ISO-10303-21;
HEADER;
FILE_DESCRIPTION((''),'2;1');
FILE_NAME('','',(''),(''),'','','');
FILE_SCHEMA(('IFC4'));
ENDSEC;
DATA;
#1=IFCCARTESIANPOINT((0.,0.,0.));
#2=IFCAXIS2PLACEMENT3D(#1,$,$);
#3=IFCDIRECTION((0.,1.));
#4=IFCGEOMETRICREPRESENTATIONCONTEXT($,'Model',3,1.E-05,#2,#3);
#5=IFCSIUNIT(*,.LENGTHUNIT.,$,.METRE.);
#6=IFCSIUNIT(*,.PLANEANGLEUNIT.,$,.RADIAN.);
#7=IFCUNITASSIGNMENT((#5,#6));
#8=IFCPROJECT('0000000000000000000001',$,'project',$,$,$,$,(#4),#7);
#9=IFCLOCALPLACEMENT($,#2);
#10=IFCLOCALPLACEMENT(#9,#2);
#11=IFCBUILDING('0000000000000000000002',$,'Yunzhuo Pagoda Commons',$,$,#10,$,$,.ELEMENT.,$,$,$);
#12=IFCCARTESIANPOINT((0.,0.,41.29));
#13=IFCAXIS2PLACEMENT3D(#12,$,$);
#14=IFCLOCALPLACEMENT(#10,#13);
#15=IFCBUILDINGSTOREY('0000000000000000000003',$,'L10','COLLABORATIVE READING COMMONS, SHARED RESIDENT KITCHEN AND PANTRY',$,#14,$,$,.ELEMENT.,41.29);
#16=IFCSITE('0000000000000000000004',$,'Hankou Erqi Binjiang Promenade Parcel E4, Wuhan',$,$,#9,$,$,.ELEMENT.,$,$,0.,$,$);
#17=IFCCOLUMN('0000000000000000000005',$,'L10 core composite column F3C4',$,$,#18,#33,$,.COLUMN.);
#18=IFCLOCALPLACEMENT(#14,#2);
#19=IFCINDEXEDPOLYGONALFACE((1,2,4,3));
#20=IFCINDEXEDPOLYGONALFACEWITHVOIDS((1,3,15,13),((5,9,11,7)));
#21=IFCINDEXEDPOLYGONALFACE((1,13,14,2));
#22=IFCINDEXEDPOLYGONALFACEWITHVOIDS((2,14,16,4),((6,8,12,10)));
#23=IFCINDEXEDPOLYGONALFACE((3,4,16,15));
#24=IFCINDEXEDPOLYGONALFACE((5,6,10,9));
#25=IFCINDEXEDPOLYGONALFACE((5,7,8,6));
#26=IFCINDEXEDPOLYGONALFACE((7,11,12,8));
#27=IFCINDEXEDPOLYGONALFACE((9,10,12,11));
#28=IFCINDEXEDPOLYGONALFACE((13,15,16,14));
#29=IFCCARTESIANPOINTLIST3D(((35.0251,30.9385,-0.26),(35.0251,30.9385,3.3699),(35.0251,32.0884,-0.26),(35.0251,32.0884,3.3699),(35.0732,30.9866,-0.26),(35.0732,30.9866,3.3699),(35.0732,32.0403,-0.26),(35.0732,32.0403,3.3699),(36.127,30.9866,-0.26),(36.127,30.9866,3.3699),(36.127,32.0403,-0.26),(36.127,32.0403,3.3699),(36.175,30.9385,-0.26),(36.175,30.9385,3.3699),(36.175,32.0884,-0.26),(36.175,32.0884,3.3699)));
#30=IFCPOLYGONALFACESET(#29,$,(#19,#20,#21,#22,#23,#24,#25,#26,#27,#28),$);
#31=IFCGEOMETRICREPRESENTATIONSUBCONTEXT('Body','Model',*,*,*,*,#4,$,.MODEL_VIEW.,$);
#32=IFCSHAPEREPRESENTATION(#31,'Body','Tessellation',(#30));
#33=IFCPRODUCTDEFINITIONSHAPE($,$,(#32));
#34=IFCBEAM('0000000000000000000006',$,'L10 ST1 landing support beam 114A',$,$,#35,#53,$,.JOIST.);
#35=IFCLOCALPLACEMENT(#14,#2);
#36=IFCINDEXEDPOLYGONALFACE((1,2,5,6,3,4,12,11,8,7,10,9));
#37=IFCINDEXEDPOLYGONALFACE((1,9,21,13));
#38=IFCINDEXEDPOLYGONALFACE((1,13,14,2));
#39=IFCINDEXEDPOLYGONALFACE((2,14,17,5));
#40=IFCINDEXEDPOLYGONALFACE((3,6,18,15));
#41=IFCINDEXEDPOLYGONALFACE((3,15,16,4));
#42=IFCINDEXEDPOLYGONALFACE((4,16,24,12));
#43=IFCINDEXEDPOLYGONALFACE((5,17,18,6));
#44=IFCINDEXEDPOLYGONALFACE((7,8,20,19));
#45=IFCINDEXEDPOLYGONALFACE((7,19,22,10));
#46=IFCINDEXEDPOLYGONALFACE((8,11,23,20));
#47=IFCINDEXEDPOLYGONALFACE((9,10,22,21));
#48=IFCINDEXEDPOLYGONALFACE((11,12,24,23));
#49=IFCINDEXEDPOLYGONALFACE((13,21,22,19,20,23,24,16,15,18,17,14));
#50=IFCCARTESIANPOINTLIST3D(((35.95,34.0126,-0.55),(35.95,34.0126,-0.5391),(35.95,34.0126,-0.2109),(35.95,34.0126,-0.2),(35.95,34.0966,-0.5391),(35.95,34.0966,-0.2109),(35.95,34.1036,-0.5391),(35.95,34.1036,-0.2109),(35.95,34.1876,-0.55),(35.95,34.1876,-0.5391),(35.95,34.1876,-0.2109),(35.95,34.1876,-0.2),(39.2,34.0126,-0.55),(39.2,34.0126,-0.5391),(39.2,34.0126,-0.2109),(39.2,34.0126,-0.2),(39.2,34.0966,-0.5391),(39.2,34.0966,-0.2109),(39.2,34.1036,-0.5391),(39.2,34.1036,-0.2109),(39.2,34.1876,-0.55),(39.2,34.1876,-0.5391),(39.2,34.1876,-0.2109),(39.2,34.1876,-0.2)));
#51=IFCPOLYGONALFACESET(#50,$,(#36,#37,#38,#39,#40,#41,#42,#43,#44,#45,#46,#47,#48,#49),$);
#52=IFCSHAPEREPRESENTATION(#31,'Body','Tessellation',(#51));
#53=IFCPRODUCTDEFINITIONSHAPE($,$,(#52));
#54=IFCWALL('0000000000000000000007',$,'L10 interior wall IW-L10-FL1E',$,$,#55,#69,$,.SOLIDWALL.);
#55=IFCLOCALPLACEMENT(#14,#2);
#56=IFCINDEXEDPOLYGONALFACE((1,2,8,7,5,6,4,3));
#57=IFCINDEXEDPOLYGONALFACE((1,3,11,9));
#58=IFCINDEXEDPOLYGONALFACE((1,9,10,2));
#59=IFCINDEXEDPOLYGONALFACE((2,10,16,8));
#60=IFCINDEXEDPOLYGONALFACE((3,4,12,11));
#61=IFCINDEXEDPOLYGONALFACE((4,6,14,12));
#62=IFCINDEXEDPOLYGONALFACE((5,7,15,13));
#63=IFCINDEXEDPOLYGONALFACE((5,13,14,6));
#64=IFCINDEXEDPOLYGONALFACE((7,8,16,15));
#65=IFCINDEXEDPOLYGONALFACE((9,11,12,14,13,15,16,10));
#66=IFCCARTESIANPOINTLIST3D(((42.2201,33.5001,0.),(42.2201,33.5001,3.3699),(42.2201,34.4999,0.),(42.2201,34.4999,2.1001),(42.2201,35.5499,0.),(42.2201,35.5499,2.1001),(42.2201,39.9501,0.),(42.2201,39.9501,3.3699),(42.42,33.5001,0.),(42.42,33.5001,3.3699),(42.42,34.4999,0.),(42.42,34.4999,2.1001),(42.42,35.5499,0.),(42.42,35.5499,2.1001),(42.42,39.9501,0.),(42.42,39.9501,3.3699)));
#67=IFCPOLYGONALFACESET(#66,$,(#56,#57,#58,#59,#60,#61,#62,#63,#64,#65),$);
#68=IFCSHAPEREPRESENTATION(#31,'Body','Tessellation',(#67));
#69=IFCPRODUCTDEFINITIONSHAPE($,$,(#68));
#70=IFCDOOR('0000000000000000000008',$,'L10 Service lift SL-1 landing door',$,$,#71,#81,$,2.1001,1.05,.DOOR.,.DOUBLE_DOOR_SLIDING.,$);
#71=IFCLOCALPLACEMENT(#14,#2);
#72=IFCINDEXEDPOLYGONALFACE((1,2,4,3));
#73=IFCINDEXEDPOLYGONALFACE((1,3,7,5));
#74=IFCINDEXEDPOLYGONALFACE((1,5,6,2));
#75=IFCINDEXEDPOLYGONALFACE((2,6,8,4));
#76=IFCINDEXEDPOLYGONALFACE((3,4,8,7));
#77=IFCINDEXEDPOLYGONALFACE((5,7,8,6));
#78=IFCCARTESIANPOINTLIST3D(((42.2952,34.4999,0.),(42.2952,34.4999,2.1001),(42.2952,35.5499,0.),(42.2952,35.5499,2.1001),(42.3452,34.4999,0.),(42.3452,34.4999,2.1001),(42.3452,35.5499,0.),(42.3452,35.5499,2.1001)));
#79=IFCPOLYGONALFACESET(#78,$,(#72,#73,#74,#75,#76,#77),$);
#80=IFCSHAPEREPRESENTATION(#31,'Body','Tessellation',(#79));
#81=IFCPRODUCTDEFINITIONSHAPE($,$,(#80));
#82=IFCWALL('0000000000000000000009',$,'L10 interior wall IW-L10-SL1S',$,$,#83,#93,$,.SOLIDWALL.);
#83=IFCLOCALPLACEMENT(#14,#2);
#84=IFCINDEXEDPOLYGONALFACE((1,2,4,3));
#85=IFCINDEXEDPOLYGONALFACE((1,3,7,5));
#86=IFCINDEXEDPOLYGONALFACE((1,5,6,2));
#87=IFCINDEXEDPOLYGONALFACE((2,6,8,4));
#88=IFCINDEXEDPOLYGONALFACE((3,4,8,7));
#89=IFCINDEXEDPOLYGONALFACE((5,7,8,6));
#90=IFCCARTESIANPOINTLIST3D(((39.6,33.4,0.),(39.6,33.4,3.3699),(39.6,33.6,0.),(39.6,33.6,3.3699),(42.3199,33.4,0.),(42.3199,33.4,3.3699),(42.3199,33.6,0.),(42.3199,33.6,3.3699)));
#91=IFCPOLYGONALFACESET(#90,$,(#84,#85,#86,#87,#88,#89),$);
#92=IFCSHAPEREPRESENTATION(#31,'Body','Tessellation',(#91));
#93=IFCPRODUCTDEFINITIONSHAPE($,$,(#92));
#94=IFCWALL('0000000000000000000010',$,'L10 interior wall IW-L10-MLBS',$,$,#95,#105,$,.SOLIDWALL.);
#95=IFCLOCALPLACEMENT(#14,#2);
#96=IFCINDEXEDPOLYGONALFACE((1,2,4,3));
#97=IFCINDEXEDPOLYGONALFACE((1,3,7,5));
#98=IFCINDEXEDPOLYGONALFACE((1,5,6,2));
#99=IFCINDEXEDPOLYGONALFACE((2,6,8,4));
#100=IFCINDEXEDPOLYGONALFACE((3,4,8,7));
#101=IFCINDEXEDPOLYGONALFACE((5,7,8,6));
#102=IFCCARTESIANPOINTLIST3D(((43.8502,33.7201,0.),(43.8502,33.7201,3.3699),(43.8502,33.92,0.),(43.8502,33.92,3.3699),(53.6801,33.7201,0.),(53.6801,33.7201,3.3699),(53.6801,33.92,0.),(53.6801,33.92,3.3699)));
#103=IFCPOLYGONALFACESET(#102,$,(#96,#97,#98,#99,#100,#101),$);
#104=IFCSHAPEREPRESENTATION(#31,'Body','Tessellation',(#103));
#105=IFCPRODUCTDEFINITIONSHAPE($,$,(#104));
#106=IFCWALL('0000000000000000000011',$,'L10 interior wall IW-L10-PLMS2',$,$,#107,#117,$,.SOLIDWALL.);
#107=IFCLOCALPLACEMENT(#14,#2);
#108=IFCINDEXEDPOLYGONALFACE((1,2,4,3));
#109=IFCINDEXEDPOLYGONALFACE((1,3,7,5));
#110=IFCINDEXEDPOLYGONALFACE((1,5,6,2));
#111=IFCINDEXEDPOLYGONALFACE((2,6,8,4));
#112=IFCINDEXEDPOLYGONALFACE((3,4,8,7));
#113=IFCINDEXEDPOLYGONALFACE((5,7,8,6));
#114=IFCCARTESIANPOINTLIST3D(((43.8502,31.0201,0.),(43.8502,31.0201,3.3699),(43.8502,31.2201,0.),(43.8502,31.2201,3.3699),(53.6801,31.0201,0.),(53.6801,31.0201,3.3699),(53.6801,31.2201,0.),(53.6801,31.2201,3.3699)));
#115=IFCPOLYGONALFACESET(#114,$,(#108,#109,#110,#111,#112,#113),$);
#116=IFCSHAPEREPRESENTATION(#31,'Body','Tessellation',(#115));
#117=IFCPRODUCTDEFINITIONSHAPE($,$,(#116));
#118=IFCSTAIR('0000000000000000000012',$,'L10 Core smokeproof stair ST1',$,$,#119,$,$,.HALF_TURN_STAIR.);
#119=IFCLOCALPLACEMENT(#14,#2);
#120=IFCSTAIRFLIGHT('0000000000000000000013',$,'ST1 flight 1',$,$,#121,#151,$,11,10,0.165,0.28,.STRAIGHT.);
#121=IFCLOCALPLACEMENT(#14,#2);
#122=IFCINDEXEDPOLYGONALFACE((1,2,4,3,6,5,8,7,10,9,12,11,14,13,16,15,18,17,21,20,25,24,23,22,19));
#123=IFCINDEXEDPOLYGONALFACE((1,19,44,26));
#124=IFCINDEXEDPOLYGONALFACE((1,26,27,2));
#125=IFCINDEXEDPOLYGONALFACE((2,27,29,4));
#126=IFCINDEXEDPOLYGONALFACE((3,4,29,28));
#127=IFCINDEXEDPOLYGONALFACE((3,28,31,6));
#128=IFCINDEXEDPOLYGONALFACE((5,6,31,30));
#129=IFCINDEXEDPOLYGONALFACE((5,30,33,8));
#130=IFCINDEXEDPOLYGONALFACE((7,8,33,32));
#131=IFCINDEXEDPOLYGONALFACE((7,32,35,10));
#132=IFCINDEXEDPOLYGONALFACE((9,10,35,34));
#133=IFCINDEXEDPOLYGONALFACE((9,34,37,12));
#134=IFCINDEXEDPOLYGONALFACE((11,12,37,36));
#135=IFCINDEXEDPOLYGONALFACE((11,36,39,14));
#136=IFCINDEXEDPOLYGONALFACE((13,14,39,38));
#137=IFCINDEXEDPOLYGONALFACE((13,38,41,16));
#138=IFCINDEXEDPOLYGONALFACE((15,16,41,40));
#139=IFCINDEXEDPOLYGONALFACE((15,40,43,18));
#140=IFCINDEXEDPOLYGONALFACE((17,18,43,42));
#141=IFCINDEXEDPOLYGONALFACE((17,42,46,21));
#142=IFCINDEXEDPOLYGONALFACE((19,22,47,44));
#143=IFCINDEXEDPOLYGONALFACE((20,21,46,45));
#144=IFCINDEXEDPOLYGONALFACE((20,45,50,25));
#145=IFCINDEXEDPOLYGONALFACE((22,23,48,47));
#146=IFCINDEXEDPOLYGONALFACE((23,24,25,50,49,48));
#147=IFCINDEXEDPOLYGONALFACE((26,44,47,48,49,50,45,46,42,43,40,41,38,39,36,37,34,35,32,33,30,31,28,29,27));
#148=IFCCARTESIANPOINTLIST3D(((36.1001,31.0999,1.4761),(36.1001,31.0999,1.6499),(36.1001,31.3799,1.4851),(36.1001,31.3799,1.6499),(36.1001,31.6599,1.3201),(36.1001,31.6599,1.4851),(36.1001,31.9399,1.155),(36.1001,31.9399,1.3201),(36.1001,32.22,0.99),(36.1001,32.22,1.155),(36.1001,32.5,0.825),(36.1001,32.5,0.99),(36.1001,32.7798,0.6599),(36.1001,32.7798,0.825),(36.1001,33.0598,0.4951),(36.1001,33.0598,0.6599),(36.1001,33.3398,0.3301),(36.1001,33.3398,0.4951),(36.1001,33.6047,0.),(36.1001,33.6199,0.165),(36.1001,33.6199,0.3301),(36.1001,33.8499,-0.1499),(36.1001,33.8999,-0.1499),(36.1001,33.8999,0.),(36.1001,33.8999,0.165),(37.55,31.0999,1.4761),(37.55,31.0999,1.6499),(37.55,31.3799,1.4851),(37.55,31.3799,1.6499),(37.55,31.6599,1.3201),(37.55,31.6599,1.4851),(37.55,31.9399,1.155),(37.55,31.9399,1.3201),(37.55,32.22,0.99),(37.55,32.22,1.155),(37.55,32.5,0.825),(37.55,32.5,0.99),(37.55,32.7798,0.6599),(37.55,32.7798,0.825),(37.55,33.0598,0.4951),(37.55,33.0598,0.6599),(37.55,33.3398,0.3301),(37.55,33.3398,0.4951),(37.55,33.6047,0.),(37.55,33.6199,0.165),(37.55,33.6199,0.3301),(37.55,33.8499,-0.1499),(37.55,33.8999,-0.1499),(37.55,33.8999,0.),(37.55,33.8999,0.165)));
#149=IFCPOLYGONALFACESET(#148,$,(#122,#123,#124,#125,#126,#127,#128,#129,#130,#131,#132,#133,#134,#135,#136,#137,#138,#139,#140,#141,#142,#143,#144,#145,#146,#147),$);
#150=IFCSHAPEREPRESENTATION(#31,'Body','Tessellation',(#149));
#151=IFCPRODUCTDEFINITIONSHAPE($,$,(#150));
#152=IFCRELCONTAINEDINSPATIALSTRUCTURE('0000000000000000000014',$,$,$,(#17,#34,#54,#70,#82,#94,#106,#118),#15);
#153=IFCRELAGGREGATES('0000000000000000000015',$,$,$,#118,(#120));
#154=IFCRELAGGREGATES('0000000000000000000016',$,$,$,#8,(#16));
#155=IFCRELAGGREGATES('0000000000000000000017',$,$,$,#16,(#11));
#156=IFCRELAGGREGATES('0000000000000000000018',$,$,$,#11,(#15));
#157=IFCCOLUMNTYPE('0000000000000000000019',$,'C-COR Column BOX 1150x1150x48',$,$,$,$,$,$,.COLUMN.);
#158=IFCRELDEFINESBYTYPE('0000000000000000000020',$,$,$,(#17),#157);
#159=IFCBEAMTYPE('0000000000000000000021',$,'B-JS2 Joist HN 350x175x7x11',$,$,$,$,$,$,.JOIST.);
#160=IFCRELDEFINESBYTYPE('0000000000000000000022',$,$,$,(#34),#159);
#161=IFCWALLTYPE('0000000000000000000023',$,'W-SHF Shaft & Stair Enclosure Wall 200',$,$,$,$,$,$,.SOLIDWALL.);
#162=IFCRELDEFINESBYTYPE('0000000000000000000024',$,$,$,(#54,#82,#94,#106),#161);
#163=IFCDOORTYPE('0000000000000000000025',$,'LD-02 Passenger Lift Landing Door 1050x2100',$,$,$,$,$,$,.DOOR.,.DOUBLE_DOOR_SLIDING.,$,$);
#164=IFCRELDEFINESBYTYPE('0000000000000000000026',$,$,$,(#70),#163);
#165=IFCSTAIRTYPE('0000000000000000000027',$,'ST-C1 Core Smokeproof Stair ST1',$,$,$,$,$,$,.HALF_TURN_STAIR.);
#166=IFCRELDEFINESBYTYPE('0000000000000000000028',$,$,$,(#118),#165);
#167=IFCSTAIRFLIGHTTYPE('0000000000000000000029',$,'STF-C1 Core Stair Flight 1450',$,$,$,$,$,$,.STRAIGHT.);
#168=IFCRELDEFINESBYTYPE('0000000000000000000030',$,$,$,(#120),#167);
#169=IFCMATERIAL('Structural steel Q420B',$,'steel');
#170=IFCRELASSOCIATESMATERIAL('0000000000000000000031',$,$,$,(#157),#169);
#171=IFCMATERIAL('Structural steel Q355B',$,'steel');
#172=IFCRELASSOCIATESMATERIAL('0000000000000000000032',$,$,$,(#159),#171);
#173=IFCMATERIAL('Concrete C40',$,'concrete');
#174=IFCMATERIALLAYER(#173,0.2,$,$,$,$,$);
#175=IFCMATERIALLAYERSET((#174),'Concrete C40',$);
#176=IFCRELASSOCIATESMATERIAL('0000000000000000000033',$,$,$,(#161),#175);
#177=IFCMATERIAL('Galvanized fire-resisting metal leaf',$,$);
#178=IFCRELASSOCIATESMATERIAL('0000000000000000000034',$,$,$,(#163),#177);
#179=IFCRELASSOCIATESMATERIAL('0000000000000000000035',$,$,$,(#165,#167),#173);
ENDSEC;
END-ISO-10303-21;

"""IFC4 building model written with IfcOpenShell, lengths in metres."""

from ifc_helpers import new_model, si_unit, direction, frame, frame_2d, origin, origin_with_axes, origin_2d, place, context, subcontext, project, spatial, polyline, rectangle, hollow_rectangle, i_section, outline, extrude, source, transform, mapped, material, layer, layer_set, material_profile, profile_set, type_object, element, fill, aggregate, save


model = new_model("IFC4")

# Units and contexts
model_context = context("Model", 3, precision=1e-05, world=origin(), true_north=direction((0.0, 1.0)))
body_context = subcontext(model_context, "Body", "Model", "MODEL_VIEW")
ifc_project = project(units=[si_unit("LENGTHUNIT", "METRE"), si_unit("PLANEANGLEUNIT", "RADIAN")], contexts=[model_context])

# Site, building, storey
site_placement = place(None, origin())
site = spatial("IfcSite", under=ifc_project, at=site_placement, Name="Hankou Erqi Binjiang Promenade Parcel E4, Wuhan", CompositionType="ELEMENT", RefElevation=0.0)
building_placement = place(site_placement, origin())
building = spatial("IfcBuilding", under=site, at=building_placement, Name="Yunzhuo Pagoda Commons", CompositionType="ELEMENT")
storey_placement = place(building_placement, frame((0.0, 0.0, 41.29)))
storey = spatial("IfcBuildingStorey", under=building, at=storey_placement, Name="L10", Description="COLLABORATIVE READING COMMONS, SHARED RESIDENT KITCHEN AND PANTRY", CompositionType="ELEMENT", Elevation=41.29)

# Column
ifc_material_1 = material(Name="Structural steel Q420B", Category="steel")
ifc_material_profile_1 = material_profile(ifc_material_1, hollow_rectangle(XDim=1.1499, YDim=1.1499, WallThickness=0.0481, at=origin_2d()), Name="Structural steel Q420B")
ifc_profile_set_1 = profile_set([ifc_material_profile_1], Name="Structural steel Q420B")
column_type = type_object("IfcColumnType", Name="C-COR Column BOX 1150x1150x48", PredefinedType="COLUMN", material=ifc_profile_set_1)
shared_shape_1 = source(origin(), body_context, "Body", "SweptSolid", [
    extrude(hollow_rectangle(XDim=1.1499, YDim=1.1499, WallThickness=0.0481, at=origin_2d()), origin(), (0.0, 0.0, 1.0), 3.6299),
])
column_placement = place(storey_placement, frame((35.6001, 31.5134, -0.26), z_axis=(0.0, 0.0, 1.0), x_axis=(1.0, 0.0, 0.0)))
element("IfcColumn", 1, at=column_placement, inside=storey, type_object=column_type, Name="L10 core composite column F3C4", PredefinedType="COLUMN", context=body_context, shape_type="MappedRepresentation", body=[
    mapped(shared_shape_1, transform((0.0, 0.0, 0.0), scale=1.0)),
])

# Beam
ifc_material_2 = material(Name="Structural steel Q355B", Category="steel")
ifc_material_profile_2 = material_profile(ifc_material_2, i_section(OverallWidth=0.175, OverallDepth=0.3501, WebThickness=0.0071, FlangeThickness=0.011, at=origin_2d()), Name="Structural steel Q355B")
ifc_profile_set_2 = profile_set([ifc_material_profile_2], Name="Structural steel Q355B")
beam_type = type_object("IfcBeamType", Name="B-JS2 Joist HN 350x175x7x11", PredefinedType="JOIST", material=ifc_profile_set_2)
shared_shape_2 = source(origin(), body_context, "Body", "SweptSolid", [
    extrude(i_section(OverallWidth=0.175, OverallDepth=0.3501, WebThickness=0.0071, FlangeThickness=0.011, at=origin_2d()), origin(), (0.0, 0.0, 1.0), 3.25),
])
beam_placement = place(storey_placement, frame((35.95, 34.1001, -0.375), z_axis=(1.0, 0.0, 0.0), x_axis=(0.0, 1.0, 0.0)))
element("IfcBeam", 2, at=beam_placement, inside=storey, type_object=beam_type, Name="L10 ST1 landing support beam 114A", PredefinedType="JOIST", context=body_context, shape_type="MappedRepresentation", body=[
    mapped(shared_shape_2, transform((0.0, 0.0, 0.0), scale=1.0)),
])

# Wall, opening, door
ifc_material_3 = material(Name="Concrete C40", Category="concrete")
ifc_layer = layer(ifc_material_3, 0.2)
ifc_layer_set = layer_set([ifc_layer], Name="Concrete C40")
wall_type = type_object("IfcWallType", Name="W-SHF Shaft & Stair Enclosure Wall 200", PredefinedType="SOLIDWALL", material=ifc_layer_set)
wall_1_placement = place(storey_placement, frame((42.3201, 33.5, 0.0), z_axis=(0.0, 0.0, 1.0), x_axis=(0.0, 1.0, 0.0)))
wall_1 = element("IfcWall", 3, at=wall_1_placement, inside=storey, type_object=wall_type, Name="L10 interior wall IW-L10-FL1E", PredefinedType="SOLIDWALL", context=body_context, shape_type="SweptSolid", body=[
    extrude(rectangle(XDim=6.45, YDim=0.2, at=frame_2d((3.2251, 0.0))), origin(), (0.0, 0.0, 1.0), 3.3699),
])
opening_placement = place(wall_1_placement, frame((1.0, 0.0, 0.0)))
opening = element("IfcOpeningElement", 4, at=opening_placement, cuts=wall_1, PredefinedType="OPENING", context=body_context, shape_type="SweptSolid", body=[
    extrude(rectangle(XDim=1.05, YDim=2.1001, at=frame_2d((0.5249, 1.05))), frame((0.0, 0.1099, 0.0), z_axis=(0.0, -1.0, 0.0), x_axis=(1.0, 0.0, 0.0)), (0.0, 0.0, 1.0), 0.22),
])
ifc_material_4 = material(Name="Galvanized fire-resisting metal leaf")
door_type = type_object("IfcDoorType", Name="LD-02 Passenger Lift Landing Door 1050x2100", OperationType="DOUBLE_DOOR_SLIDING", PredefinedType="DOOR", material=ifc_material_4)
shared_shape_3 = source(origin(), body_context, "Body", "SweptSolid", [
    extrude(rectangle(XDim=1.05, YDim=2.1001, at=frame_2d((0.5249, 1.05))), frame((0.0, 0.0249, 0.0), z_axis=(0.0, -1.0, 0.0), x_axis=(1.0, 0.0, 0.0)), (0.0, 0.0, 1.0), 0.05),
])
door_placement = place(opening_placement, origin_with_axes())
door = element("IfcDoor", 5, at=door_placement, inside=storey, type_object=door_type, Name="L10 Service lift SL-1 landing door", OperationType="DOUBLE_DOOR_SLIDING", OverallHeight=2.1001, OverallWidth=1.05, PredefinedType="DOOR", context=body_context, shape_type="MappedRepresentation", body=[
    mapped(shared_shape_3, transform((0.0, 0.0, 0.0), scale=1.0)),
])
fill(opening, door)

# Walls
wall_2_placement = place(storey_placement, frame((39.6001, 33.5, 0.0), z_axis=(0.0, 0.0, 1.0), x_axis=(1.0, 0.0, 0.0)))
element("IfcWall", 6, at=wall_2_placement, inside=storey, type_object=wall_type, Name="L10 interior wall IW-L10-SL1S", PredefinedType="SOLIDWALL", context=body_context, shape_type="SweptSolid", body=[
    extrude(rectangle(XDim=2.72, YDim=0.2, at=frame_2d((1.3599, 0.0))), origin(), (0.0, 0.0, 1.0), 3.3699),
])
for number, where, z_axis, x_axis, name in (
    (7, (43.8501, 33.8201, 0.0), (0.0, 0.0, 1.0), (1.0, 0.0, 0.0), "L10 interior wall IW-L10-MLBS"),
    (8, (43.8501, 31.1201, 0.0), (0.0, 0.0, 1.0), (1.0, 0.0, 0.0), "L10 interior wall IW-L10-PLMS2"),
):
    element("IfcWall", number, at=place(storey_placement, frame(where, z_axis=z_axis, x_axis=x_axis)), inside=storey, type_object=wall_type, Name=name, PredefinedType="SOLIDWALL", context=body_context, shape_type="SweptSolid", body=[
        extrude(rectangle(XDim=9.8298, YDim=0.2, at=frame_2d((4.915, 0.0))), origin(), (0.0, 0.0, 1.0), 3.3699),
    ])

# Stair, stair flight
stair_type = type_object("IfcStairType", Name="ST-C1 Core Smokeproof Stair ST1", PredefinedType="HALF_TURN_STAIR", material=ifc_material_3)
stair_placement = place(storey_placement, origin())
stair = element("IfcStair", 9, at=stair_placement, inside=storey, type_object=stair_type, Name="L10 Core smokeproof stair ST1", PredefinedType="HALF_TURN_STAIR")
stair_flight_type = type_object("IfcStairFlightType", Name="STF-C1 Core Stair Flight 1450", PredefinedType="STRAIGHT", material=ifc_material_3)
shared_shape_4 = source(origin(), body_context, "Body", "SweptSolid", [
    extrude(outline(polyline([(0.0, -0.1499), (0.0, 0.0), (0.0, 0.165), (0.28, 0.165), (0.28, 0.3301), (0.5601, 0.3301), (0.5601, 0.4951), (0.8401, 0.4951), (0.8401, 0.6599), (1.1201, 0.6599), (1.1201, 0.825), (1.3999, 0.825), (1.3999, 0.99), (1.6799, 0.99), (1.6799, 1.155), (1.96, 1.155), (1.96, 1.3201), (2.24, 1.3201), (2.24, 1.4851), (2.52, 1.4851), (2.52, 1.6499), (2.8, 1.6499), (2.8, 1.8149), (2.8, 1.4761), (0.2952, 0.0), (0.05, -0.1499), (0.0, -0.1499)])), frame((0.0, 0.7251, 0.0), z_axis=(0.0, -1.0, 0.0), x_axis=(1.0, 0.0, 0.0)), (0.0, 0.0, 1.0), 1.45),
])
stair_flight_1_placement = place(storey_placement, frame((36.825, 33.8999, 0.0), z_axis=(0.0, 0.0, 1.0), x_axis=(0.0, -1.0, 0.0)))
stair_flight_1 = element("IfcStairFlight", 10, at=stair_flight_1_placement, type_object=stair_flight_type, Name="ST1 flight 1", NumberOfRisers=11, NumberOfTreads=10, PredefinedType="STRAIGHT", RiserHeight=0.165, TreadLength=0.28, context=body_context, shape_type="MappedRepresentation", body=[
    mapped(shared_shape_4, transform((0.0, 0.0, 0.0), scale=1.0)),
])
aggregate(stair, [stair_flight_1])

save(model, "model.ifc")
